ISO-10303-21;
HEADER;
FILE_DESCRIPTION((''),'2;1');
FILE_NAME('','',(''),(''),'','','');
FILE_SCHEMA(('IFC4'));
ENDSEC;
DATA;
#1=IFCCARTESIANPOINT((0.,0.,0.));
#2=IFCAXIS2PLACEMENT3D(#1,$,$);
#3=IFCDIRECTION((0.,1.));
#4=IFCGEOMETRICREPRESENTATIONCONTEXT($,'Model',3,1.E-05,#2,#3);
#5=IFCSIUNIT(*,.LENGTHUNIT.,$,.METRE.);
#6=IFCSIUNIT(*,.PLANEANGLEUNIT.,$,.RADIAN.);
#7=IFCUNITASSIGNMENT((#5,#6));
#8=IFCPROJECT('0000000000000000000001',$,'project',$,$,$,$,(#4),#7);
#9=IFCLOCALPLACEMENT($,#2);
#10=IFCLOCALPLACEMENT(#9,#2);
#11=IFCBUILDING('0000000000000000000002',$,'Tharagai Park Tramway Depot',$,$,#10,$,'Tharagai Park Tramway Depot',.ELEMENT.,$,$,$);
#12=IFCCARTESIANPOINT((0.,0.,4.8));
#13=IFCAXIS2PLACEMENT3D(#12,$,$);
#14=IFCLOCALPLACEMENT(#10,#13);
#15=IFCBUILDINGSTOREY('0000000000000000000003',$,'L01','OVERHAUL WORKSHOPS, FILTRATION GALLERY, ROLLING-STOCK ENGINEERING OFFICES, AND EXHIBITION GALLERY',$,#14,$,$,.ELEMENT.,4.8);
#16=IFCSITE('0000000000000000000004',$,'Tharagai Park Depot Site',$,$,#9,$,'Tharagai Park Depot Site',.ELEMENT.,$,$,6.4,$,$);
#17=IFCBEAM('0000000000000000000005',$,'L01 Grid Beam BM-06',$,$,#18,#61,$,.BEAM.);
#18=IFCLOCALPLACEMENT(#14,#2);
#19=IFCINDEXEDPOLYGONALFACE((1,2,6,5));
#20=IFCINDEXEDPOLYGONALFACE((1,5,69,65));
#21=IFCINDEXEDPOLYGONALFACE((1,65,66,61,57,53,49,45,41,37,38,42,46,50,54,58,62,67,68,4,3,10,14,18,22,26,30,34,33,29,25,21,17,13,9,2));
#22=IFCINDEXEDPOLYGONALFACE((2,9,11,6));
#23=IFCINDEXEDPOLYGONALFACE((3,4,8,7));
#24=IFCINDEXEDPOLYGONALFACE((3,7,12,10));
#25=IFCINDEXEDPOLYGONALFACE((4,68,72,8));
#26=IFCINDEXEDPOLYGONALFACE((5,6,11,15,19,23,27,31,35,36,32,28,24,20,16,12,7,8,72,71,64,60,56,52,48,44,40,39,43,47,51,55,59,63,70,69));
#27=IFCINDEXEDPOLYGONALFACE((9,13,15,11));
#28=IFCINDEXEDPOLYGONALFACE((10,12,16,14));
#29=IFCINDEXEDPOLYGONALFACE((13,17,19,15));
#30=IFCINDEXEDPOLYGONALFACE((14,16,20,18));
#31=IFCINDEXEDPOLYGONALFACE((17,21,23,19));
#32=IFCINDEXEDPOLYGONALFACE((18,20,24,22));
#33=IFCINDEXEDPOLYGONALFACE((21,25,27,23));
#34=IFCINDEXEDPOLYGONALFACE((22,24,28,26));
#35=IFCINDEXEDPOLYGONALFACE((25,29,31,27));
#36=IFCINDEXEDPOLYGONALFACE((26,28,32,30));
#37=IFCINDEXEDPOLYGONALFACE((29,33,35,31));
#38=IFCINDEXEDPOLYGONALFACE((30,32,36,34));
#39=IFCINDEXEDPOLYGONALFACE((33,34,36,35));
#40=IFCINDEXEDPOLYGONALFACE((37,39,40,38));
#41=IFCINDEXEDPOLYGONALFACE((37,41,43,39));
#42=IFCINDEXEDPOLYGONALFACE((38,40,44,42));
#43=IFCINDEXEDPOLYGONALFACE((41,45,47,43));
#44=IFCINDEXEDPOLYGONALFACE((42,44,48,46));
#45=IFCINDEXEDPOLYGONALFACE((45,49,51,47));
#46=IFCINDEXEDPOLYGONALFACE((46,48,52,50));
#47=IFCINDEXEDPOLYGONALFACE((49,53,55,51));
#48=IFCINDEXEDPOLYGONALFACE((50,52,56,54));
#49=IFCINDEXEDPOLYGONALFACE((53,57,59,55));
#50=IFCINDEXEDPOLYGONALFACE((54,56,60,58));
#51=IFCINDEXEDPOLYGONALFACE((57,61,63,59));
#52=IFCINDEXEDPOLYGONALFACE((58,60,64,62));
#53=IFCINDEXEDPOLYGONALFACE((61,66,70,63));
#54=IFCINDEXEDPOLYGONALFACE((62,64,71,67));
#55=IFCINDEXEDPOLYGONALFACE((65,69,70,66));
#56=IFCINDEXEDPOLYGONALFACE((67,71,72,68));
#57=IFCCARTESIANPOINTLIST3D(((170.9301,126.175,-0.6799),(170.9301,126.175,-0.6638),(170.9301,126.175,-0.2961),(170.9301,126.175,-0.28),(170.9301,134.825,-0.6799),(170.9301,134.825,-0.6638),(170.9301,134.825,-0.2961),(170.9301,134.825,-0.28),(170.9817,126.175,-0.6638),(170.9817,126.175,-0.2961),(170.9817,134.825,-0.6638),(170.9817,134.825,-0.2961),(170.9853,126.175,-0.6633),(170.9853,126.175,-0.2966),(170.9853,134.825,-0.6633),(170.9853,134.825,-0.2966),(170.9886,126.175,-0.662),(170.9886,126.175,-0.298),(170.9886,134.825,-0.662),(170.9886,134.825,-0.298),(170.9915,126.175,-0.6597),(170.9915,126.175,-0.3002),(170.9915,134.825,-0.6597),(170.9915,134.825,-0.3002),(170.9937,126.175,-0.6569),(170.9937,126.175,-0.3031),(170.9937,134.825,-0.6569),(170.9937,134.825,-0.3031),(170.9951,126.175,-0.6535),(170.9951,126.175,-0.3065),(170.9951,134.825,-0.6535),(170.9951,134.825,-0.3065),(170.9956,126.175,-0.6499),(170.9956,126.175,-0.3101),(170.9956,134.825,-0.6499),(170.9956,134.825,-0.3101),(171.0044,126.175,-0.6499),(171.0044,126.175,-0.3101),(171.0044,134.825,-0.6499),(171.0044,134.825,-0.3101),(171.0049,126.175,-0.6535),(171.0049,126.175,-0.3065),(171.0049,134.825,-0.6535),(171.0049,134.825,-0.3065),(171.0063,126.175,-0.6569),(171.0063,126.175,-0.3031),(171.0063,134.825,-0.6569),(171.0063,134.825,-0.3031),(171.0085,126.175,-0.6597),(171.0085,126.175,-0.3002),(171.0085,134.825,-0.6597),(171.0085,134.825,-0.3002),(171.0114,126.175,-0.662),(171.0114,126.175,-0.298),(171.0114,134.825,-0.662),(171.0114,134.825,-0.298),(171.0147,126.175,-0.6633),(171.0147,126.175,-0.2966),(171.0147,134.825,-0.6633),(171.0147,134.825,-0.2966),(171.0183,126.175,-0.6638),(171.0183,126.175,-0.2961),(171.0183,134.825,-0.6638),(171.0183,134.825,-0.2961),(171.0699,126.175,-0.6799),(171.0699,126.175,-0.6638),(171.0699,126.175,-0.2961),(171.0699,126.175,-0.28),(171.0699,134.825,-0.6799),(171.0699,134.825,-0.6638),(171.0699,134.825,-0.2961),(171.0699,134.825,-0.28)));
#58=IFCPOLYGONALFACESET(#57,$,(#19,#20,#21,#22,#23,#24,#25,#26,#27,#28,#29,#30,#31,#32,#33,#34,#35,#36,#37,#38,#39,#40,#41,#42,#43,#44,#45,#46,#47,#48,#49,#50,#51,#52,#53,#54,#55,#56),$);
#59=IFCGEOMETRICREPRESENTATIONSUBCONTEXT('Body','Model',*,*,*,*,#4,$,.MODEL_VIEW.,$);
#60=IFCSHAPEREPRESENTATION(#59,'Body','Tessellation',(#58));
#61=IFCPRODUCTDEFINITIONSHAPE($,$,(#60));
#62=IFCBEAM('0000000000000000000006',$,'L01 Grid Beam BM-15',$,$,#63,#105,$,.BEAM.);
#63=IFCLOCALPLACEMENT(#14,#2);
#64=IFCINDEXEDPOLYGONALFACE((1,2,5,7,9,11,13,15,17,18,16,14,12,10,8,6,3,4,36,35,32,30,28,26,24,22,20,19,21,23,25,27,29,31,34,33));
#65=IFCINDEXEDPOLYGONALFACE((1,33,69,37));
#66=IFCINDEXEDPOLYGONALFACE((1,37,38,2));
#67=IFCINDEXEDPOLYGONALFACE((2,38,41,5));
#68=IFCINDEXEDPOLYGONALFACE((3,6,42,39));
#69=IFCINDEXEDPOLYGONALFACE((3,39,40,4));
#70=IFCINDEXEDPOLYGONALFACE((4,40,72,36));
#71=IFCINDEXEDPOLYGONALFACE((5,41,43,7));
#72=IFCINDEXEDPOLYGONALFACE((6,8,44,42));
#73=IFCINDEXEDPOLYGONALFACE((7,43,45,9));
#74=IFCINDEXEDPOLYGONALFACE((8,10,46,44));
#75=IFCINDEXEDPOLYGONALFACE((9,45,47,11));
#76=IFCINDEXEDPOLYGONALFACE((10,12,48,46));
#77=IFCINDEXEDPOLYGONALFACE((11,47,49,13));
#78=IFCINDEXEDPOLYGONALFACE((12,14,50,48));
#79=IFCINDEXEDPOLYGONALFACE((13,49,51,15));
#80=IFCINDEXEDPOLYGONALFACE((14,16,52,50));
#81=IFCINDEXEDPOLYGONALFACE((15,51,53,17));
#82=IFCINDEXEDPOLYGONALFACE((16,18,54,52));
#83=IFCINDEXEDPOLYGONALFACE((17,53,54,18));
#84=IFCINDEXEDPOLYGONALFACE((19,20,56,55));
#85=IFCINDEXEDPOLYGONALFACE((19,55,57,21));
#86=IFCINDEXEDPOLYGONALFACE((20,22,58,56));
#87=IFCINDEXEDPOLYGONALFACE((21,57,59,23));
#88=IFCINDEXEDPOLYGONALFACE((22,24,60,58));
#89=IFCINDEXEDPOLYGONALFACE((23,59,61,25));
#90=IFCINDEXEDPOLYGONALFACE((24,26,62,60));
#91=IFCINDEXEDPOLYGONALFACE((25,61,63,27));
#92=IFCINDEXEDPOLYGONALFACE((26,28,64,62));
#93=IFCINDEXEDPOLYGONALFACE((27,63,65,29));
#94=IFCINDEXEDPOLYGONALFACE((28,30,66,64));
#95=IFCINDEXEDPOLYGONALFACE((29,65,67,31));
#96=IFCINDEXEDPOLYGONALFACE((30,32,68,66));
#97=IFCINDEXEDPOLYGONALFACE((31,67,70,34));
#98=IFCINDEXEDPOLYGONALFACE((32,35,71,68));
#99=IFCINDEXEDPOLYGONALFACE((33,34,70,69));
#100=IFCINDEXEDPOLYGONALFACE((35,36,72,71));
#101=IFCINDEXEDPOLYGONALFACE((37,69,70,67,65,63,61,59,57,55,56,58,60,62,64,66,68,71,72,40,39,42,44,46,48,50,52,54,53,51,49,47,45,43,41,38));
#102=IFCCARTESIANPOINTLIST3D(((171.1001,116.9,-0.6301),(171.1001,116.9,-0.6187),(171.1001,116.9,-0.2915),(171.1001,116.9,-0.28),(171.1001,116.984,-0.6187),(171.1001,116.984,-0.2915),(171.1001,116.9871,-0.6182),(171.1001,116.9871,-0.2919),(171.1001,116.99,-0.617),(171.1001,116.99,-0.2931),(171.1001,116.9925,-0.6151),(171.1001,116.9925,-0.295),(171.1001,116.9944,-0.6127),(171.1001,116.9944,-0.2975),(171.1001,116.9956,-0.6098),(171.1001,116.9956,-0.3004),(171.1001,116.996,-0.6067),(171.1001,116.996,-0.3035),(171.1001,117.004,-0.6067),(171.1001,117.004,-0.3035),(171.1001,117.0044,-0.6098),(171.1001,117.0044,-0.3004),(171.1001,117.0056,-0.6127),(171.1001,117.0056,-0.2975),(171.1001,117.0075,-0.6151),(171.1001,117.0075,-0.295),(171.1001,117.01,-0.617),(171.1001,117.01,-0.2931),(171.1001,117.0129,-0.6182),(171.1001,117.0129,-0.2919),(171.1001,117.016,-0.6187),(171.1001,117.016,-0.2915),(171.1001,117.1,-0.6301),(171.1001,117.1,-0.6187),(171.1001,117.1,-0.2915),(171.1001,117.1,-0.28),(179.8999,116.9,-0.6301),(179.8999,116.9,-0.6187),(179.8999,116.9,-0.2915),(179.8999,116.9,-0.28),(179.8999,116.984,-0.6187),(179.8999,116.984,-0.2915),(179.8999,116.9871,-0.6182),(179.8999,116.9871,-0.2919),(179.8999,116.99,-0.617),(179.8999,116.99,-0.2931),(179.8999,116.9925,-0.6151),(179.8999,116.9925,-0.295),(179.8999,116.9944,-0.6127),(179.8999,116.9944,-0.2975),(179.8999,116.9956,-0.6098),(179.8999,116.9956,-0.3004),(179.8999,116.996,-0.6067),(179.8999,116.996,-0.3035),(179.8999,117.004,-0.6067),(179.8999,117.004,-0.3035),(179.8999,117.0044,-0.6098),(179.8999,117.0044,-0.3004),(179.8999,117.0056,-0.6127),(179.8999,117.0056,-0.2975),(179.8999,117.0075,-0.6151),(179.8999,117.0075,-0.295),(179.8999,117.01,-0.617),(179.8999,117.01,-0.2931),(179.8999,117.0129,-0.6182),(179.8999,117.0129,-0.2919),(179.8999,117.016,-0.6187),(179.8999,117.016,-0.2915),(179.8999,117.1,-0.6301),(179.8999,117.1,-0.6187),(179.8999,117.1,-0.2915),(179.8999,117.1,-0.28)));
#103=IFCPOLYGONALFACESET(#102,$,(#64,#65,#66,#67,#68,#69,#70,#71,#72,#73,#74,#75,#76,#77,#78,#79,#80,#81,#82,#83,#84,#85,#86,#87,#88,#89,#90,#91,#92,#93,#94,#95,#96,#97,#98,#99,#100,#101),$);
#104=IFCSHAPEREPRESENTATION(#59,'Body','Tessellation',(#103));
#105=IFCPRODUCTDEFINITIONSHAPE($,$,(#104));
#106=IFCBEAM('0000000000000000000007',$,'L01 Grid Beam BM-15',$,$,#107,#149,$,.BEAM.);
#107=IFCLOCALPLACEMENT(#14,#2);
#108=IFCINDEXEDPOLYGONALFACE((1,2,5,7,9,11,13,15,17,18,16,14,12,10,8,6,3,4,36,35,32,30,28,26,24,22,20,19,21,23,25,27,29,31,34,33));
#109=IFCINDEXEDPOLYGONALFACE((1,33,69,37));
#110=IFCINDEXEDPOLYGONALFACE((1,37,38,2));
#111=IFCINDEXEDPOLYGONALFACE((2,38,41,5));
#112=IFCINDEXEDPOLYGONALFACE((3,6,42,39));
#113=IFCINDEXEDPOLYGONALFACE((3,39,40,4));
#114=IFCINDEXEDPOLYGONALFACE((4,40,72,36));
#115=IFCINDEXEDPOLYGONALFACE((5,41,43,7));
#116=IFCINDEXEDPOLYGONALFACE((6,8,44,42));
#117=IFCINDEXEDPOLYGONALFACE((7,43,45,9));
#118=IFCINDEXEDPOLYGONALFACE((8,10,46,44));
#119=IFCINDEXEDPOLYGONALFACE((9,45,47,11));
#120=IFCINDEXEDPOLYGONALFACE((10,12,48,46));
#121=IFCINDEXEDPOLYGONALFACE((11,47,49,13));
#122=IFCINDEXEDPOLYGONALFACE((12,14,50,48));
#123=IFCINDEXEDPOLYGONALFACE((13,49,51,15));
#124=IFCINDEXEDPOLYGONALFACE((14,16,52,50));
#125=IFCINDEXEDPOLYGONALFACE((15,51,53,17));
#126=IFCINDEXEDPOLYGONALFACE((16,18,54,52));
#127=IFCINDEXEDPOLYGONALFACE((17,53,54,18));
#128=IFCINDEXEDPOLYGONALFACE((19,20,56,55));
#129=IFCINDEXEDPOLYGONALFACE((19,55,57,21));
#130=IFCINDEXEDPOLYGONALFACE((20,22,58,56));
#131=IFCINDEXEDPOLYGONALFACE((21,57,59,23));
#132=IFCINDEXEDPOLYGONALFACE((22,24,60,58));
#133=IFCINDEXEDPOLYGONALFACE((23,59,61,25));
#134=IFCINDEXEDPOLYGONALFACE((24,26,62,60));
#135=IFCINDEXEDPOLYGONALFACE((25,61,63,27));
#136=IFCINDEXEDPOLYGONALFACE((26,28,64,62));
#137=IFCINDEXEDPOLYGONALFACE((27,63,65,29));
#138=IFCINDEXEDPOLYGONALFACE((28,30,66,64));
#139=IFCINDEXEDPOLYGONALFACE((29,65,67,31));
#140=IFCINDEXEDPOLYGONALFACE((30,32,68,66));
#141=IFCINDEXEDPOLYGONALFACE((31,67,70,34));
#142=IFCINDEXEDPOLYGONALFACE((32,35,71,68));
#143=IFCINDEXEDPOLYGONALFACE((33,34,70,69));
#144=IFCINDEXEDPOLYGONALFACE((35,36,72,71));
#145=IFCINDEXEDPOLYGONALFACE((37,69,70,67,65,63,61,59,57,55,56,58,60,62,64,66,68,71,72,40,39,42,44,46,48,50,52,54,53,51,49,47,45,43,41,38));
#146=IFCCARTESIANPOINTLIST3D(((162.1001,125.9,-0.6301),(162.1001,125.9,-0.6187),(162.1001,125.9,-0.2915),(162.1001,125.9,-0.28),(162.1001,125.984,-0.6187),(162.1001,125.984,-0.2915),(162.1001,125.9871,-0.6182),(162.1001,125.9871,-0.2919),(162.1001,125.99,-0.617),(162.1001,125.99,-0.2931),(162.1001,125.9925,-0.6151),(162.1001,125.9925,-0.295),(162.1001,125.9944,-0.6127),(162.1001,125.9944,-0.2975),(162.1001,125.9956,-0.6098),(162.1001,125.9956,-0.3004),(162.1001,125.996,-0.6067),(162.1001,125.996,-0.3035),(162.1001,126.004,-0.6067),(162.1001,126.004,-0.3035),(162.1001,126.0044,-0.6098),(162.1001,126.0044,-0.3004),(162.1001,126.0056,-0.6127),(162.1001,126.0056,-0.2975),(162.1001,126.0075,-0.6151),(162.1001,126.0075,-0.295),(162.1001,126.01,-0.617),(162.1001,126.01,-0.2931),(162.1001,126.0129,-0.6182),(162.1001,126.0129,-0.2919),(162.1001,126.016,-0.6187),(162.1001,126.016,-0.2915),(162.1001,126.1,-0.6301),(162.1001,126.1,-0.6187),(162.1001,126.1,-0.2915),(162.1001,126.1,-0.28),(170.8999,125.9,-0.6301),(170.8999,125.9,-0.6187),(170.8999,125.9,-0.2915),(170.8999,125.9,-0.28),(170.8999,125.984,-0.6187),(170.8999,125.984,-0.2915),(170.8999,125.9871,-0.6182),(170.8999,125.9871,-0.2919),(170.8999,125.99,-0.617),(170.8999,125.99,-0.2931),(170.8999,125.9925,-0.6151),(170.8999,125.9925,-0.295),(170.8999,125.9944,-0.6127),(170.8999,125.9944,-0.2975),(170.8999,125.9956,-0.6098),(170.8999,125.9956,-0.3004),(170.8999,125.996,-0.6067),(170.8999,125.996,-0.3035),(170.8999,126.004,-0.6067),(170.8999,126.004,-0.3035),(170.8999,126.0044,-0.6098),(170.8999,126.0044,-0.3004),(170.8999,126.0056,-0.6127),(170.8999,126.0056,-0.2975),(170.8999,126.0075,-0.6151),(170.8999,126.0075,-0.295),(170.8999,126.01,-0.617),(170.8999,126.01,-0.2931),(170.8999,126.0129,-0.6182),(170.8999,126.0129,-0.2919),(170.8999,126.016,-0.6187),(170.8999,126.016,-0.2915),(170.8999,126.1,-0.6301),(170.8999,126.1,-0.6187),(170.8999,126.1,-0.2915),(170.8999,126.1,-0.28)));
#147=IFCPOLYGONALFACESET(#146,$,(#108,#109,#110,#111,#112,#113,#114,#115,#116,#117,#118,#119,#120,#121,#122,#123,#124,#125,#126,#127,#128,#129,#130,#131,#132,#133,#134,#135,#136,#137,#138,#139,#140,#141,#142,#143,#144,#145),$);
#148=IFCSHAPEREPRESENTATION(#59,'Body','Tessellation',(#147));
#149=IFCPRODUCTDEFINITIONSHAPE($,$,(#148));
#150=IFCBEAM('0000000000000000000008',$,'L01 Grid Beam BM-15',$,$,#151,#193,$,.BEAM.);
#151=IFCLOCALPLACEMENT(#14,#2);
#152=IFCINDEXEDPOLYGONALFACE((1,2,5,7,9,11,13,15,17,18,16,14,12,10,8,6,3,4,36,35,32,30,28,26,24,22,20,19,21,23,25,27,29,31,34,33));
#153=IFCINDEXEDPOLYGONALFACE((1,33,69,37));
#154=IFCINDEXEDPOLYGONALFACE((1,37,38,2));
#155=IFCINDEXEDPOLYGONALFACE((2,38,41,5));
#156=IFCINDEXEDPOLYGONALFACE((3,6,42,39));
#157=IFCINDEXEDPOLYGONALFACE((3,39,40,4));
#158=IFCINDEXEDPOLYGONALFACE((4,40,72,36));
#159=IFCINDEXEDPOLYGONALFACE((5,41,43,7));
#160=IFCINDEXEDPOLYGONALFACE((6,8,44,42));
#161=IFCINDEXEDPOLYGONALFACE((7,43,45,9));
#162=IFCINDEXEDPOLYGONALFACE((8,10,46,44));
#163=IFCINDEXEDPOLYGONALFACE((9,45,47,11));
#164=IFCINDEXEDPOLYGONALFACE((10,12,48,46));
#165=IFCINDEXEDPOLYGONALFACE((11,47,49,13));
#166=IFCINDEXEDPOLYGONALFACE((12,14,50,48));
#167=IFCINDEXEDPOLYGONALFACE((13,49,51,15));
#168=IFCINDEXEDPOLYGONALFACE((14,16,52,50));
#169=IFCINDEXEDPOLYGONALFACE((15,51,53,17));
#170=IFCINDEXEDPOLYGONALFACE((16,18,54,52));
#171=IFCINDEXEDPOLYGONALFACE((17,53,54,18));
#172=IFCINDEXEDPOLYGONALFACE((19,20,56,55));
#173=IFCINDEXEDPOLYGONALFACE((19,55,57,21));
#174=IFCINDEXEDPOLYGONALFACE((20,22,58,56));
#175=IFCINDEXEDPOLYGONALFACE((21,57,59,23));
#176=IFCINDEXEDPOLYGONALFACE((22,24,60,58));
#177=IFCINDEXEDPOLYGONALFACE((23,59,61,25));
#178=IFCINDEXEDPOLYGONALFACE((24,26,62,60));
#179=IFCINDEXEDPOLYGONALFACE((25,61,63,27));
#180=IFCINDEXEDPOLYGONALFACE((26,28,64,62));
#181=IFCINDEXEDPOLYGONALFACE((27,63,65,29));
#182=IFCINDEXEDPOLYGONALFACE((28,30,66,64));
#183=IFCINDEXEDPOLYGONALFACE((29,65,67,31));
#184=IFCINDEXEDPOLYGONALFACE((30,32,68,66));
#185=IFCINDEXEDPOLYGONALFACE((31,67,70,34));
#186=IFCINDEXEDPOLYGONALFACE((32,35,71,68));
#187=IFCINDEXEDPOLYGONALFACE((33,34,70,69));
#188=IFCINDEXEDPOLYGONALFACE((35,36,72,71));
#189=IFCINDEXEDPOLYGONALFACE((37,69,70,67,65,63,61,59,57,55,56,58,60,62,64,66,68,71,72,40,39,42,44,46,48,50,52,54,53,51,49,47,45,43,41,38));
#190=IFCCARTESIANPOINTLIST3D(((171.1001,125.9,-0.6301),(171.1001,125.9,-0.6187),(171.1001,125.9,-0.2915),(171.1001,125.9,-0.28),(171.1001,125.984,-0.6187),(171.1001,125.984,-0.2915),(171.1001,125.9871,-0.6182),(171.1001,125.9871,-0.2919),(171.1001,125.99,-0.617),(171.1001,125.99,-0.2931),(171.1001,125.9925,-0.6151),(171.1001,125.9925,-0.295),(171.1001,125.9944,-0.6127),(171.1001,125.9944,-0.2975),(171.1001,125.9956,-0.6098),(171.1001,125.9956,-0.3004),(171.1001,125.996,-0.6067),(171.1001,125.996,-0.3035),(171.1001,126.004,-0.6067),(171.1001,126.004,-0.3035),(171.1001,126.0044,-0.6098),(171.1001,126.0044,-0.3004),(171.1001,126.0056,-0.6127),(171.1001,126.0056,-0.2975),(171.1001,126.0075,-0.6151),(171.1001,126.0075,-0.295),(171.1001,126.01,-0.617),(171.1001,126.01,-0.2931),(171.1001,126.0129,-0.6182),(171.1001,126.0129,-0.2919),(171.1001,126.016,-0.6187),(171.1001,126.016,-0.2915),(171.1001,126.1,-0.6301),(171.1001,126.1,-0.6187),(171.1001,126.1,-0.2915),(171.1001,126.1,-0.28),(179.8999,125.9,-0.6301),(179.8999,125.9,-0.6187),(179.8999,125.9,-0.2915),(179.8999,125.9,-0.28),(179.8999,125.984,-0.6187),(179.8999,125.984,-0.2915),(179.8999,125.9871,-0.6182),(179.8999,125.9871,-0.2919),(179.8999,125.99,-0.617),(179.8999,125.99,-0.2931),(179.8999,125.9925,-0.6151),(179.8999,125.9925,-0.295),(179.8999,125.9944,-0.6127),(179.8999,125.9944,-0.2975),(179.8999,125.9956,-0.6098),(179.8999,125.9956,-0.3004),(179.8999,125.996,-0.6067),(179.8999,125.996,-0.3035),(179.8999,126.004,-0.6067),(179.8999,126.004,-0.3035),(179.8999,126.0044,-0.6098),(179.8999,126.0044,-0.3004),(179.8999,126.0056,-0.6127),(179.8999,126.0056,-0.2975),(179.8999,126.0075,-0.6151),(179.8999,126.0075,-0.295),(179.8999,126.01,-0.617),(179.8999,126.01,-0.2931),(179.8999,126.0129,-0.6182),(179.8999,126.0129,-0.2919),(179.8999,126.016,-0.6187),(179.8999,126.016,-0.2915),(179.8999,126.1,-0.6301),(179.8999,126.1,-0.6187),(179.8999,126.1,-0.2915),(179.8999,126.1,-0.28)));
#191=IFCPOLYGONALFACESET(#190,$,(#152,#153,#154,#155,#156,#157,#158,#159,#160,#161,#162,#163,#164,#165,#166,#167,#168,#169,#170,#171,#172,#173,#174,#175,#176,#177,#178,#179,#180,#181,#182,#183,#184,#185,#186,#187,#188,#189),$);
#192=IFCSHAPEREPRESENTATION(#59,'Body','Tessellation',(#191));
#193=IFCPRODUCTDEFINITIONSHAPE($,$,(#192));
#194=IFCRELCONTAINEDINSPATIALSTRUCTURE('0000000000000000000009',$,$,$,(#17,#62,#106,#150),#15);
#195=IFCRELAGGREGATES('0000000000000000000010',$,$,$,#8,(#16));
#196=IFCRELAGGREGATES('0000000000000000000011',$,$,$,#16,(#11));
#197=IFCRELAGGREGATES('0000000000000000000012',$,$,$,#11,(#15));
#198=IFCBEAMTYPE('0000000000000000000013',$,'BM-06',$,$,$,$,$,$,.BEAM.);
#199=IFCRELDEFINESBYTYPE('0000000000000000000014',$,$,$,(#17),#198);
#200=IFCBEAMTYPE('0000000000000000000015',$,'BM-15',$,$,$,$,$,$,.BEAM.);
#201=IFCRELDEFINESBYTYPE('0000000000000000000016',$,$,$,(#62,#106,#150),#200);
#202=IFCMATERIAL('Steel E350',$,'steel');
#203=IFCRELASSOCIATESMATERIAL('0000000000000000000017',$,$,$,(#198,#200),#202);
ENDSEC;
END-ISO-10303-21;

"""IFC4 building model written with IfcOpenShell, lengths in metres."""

from ifc_helpers import new_model, si_unit, direction, frame, origin, origin_2d, place, context, subcontext, project, spatial, i_section, extrude, material, material_profile, profile_set, type_object, element, save


model = new_model("IFC4")

# Units and contexts
model_context = context("Model", 3, precision=1e-05, world=origin(), true_north=direction((0.0, 1.0)))
body_context = subcontext(model_context, "Body", "Model", "MODEL_VIEW")
ifc_project = project(units=[si_unit("LENGTHUNIT", "METRE"), si_unit("PLANEANGLEUNIT", "RADIAN")], contexts=[model_context])

# Site, building, storey
site_placement = place(None, origin())
site = spatial("IfcSite", under=ifc_project, at=site_placement, Name="Tharagai Park Depot Site", LongName="Tharagai Park Depot Site", CompositionType="ELEMENT", RefElevation=6.4)
building_placement = place(site_placement, origin())
building = spatial("IfcBuilding", under=site, at=building_placement, Name="Tharagai Park Tramway Depot", LongName="Tharagai Park Tramway Depot", CompositionType="ELEMENT")
storey_placement = place(building_placement, frame((0.0, 0.0, 4.8)))
storey = spatial("IfcBuildingStorey", under=building, at=storey_placement, Name="L01", Description="OVERHAUL WORKSHOPS, FILTRATION GALLERY, ROLLING-STOCK ENGINEERING OFFICES, AND EXHIBITION GALLERY", CompositionType="ELEMENT", Elevation=4.8)

# Shared definitions
ifc_material_1 = material(Name="Steel E350", Category="steel")

# Beams
ifc_material_profile_1 = material_profile(ifc_material_1, i_section(OverallWidth=0.1399, OverallDepth=0.3999, WebThickness=0.0088, FlangeThickness=0.0161, FilletRadius=0.0139, at=origin_2d()), Name="ISMB 400")
ifc_profile_set_1 = profile_set([ifc_material_profile_1], Name="Steel E350")
beam_type_1 = type_object("IfcBeamType", Name="BM-06", PredefinedType="BEAM", material=ifc_profile_set_1)
for number, where, z_axis, x_axis, name in (
    (1, (171.0, 126.175, -0.48), (0.0, 1.0, 0.0), (-1.0, 0.0, 0.0), "L01 Grid Beam BM-06"),
):
    element("IfcBeam", number, at=place(storey_placement, frame(where, z_axis=z_axis, x_axis=x_axis)), inside=storey, type_object=beam_type_1, Name=name, PredefinedType="BEAM", context=body_context, shape_type="SweptSolid", body=[
        extrude(i_section(OverallWidth=0.1399, OverallDepth=0.3999, WebThickness=0.0088, FlangeThickness=0.0161, FilletRadius=0.0139, at=origin_2d()), origin(), (0.0, 0.0, 1.0), 8.6499),
    ])
ifc_material_profile_2 = material_profile(ifc_material_1, i_section(OverallWidth=0.2, OverallDepth=0.3501, WebThickness=0.0081, FlangeThickness=0.0115, FilletRadius=0.012, at=origin_2d()), Name="ISWB 350")
ifc_profile_set_2 = profile_set([ifc_material_profile_2], Name="Steel E350")
beam_type_2 = type_object("IfcBeamType", Name="BM-15", PredefinedType="BEAM", material=ifc_profile_set_2)
for number, where, z_axis, x_axis, name in (
    (2, (171.1001, 117.0, -0.4551), (1.0, 0.0, 0.0), (0.0, 1.0, 0.0), "L01 Grid Beam BM-15"),
    (3, (162.1001, 126.0, -0.4551), (1.0, 0.0, 0.0), (0.0, 1.0, 0.0), "L01 Grid Beam BM-15"),
    (4, (171.1001, 126.0, -0.4551), (1.0, 0.0, 0.0), (0.0, 1.0, 0.0), "L01 Grid Beam BM-15"),
):
    element("IfcBeam", number, at=place(storey_placement, frame(where, z_axis=z_axis, x_axis=x_axis)), inside=storey, type_object=beam_type_2, Name=name, PredefinedType="BEAM", context=body_context, shape_type="SweptSolid", body=[
        extrude(i_section(OverallWidth=0.2, OverallDepth=0.3501, WebThickness=0.0081, FlangeThickness=0.0115, FilletRadius=0.012, at=origin_2d()), origin(), (0.0, 0.0, 1.0), 8.7998),
    ])

save(model, "model.ifc")
